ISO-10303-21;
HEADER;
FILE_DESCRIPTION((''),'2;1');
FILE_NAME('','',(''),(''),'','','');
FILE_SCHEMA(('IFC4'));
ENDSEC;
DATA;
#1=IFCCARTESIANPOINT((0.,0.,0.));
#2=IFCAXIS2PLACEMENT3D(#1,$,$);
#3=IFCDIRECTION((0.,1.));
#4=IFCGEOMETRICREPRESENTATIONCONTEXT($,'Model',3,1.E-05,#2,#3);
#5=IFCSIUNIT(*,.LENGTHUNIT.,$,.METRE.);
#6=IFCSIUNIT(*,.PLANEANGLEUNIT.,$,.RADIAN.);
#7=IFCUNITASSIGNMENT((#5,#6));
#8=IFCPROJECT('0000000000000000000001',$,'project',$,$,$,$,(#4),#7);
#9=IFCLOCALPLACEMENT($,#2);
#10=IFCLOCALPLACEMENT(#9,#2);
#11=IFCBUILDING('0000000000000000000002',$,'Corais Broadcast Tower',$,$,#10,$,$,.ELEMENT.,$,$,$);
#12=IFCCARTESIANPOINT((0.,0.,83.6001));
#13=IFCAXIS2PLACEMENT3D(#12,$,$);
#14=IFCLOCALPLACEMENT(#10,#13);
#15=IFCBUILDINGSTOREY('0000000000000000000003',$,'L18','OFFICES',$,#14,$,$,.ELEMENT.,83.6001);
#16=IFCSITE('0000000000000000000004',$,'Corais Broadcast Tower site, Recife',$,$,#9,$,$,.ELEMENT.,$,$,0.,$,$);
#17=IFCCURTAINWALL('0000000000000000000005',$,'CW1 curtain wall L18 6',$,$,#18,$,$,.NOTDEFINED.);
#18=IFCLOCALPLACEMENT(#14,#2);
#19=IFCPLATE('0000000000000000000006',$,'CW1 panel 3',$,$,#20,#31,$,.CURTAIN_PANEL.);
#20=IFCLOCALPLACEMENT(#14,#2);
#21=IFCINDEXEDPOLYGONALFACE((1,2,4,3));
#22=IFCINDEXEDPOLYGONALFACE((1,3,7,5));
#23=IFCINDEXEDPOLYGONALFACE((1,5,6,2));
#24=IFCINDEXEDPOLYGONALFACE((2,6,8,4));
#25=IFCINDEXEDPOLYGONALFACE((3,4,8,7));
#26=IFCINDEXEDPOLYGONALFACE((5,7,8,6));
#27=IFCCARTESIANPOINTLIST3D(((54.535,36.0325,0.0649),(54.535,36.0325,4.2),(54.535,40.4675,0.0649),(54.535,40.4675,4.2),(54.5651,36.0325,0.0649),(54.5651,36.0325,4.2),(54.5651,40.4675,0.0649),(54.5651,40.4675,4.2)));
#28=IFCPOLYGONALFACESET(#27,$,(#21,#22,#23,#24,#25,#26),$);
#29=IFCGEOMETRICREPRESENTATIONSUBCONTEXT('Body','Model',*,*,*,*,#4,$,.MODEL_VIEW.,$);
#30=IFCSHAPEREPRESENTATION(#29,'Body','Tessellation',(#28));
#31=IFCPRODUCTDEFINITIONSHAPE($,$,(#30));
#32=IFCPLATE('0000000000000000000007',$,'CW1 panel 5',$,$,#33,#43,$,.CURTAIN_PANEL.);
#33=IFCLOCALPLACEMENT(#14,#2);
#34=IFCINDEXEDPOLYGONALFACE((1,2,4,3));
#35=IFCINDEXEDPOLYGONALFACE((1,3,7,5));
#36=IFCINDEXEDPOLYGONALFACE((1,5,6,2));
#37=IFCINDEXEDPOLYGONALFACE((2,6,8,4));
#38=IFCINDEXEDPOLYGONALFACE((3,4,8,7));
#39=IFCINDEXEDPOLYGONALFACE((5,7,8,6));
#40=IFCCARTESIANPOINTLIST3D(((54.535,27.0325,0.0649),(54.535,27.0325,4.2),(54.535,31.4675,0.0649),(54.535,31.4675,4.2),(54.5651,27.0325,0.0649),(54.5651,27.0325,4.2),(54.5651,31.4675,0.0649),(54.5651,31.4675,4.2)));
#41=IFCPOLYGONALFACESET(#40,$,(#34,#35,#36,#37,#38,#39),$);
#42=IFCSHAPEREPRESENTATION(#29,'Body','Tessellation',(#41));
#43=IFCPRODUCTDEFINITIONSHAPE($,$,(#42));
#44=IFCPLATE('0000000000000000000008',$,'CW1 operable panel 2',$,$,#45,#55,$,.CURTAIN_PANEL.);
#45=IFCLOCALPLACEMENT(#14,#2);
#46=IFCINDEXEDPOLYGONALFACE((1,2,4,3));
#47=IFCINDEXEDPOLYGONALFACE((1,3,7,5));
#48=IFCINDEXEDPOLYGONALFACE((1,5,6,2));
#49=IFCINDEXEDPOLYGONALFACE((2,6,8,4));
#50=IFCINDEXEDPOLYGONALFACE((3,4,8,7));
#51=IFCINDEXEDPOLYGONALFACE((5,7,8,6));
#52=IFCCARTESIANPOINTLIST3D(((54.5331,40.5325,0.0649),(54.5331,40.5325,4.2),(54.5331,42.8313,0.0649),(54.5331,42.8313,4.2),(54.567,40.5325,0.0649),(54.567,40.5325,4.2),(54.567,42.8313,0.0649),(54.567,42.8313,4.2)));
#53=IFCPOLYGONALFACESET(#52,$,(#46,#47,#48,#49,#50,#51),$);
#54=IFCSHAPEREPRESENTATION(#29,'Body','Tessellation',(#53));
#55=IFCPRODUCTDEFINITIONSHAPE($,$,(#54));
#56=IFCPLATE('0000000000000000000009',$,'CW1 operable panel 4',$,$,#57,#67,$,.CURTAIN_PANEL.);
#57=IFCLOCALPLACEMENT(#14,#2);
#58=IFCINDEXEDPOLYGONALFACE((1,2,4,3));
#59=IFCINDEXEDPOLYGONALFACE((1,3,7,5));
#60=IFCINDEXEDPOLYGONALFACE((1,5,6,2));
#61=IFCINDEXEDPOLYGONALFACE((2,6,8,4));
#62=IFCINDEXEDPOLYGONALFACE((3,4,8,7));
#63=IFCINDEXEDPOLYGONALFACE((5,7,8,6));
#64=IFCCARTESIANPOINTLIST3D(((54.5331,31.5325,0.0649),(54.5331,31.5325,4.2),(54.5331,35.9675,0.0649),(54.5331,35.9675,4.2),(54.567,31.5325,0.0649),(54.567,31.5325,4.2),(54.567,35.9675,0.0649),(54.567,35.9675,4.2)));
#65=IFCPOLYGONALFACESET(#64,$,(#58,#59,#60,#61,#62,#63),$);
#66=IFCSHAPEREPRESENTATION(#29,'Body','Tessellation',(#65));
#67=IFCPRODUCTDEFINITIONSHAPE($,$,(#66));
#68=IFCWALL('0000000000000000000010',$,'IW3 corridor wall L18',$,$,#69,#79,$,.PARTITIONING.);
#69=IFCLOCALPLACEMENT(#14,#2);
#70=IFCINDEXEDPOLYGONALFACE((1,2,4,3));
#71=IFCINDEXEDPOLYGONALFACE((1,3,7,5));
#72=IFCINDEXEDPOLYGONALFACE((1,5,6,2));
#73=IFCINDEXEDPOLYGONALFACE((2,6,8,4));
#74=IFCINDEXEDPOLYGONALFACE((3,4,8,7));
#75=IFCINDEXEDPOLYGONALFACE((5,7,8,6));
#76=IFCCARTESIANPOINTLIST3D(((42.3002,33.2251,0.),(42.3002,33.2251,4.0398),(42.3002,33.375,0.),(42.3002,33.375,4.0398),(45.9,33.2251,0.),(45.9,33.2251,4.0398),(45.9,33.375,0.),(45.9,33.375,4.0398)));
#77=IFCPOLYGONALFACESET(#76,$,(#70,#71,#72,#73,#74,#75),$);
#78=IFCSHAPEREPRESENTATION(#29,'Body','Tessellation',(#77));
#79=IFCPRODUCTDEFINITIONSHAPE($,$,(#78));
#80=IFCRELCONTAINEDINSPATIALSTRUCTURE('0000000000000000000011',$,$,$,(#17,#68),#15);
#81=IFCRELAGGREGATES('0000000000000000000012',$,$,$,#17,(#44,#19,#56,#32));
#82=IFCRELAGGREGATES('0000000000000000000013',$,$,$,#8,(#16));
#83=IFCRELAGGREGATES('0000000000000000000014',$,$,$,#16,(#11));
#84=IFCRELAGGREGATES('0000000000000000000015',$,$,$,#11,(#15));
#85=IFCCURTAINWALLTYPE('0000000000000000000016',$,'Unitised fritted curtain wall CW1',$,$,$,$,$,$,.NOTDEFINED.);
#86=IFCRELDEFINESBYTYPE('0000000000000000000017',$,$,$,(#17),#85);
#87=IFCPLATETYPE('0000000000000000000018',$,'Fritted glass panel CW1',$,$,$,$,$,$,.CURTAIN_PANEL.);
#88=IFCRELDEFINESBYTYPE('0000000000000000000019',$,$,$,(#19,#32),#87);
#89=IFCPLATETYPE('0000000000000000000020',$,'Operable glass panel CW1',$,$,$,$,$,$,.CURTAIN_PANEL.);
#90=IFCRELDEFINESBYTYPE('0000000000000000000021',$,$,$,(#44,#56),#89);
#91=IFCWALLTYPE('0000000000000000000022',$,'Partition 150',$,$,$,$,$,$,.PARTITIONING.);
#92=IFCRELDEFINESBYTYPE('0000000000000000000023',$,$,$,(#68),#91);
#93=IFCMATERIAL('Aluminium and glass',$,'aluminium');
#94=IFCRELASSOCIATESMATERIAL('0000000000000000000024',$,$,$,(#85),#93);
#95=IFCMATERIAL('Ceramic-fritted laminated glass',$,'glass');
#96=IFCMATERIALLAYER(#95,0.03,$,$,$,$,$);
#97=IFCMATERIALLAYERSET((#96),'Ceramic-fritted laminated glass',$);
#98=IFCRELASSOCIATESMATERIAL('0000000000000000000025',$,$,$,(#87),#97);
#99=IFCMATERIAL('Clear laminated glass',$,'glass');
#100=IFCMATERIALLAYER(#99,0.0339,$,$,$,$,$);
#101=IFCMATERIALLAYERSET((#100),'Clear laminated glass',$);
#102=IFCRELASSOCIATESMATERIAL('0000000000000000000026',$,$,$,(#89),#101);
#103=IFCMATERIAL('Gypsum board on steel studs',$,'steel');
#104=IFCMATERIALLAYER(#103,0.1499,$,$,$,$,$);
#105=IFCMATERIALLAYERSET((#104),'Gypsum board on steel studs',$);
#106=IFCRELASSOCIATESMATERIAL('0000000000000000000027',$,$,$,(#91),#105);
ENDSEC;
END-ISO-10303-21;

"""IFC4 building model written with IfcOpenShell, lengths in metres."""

from ifc_helpers import new_model, si_unit, direction, frame, frame_2d, origin, origin_2d, place, context, subcontext, project, spatial, rectangle, extrude, material, layer, layer_set, type_object, element, aggregate, save


model = new_model("IFC4")

# Units and contexts
model_context = context("Model", 3, precision=1e-05, world=origin(), true_north=direction((0.0, 1.0)))
body_context = subcontext(model_context, "Body", "Model", "MODEL_VIEW")
ifc_project = project(units=[si_unit("LENGTHUNIT", "METRE"), si_unit("PLANEANGLEUNIT", "RADIAN")], contexts=[model_context])

# Site, building, storey
site_placement = place(None, origin())
site = spatial("IfcSite", under=ifc_project, at=site_placement, Name="Corais Broadcast Tower site, Recife", CompositionType="ELEMENT", RefElevation=0.0)
building_placement = place(site_placement, origin())
building = spatial("IfcBuilding", under=site, at=building_placement, Name="Corais Broadcast Tower", CompositionType="ELEMENT")
storey_placement = place(building_placement, frame((0.0, 0.0, 83.6001)))
storey = spatial("IfcBuildingStorey", under=building, at=storey_placement, Name="L18", Description="OFFICES", CompositionType="ELEMENT", Elevation=83.6001)

# Curtain wall
ifc_material_1 = material(Name="Aluminium and glass", Category="aluminium")
curtain_wall_type = type_object("IfcCurtainWallType", Name="Unitised fritted curtain wall CW1", PredefinedType="NOTDEFINED", material=ifc_material_1)
curtain_wall_placement = place(storey_placement, origin())
curtain_wall = element("IfcCurtainWall", 1, at=curtain_wall_placement, inside=storey, type_object=curtain_wall_type, Name="CW1 curtain wall L18 6", PredefinedType="NOTDEFINED")

# Plates
ifc_material_2 = material(Name="Ceramic-fritted laminated glass", Category="glass")
ifc_layer_1 = layer(ifc_material_2, 0.03)
ifc_layer_set_1 = layer_set([ifc_layer_1], Name="Ceramic-fritted laminated glass")
plate_type_1 = type_object("IfcPlateType", Name="Fritted glass panel CW1", PredefinedType="CURTAIN_PANEL", material=ifc_layer_set_1)
plate_1_placement = place(storey_placement, frame((54.55, 38.25, 0.0649), z_axis=(0.0, 0.0, 1.0), x_axis=(0.0, -1.0, 0.0)))
plate_1 = element("IfcPlate", 2, at=plate_1_placement, type_object=plate_type_1, Name="CW1 panel 3", PredefinedType="CURTAIN_PANEL", context=body_context, shape_type="SweptSolid", body=[
    extrude(rectangle(XDim=4.4351, YDim=0.03, at=origin_2d()), origin(), (0.0, 0.0, 1.0), 4.135),
])
plate_2_placement = place(storey_placement, frame((54.55, 29.25, 0.0649), z_axis=(0.0, 0.0, 1.0), x_axis=(0.0, -1.0, 0.0)))
plate_2 = element("IfcPlate", 3, at=plate_2_placement, type_object=plate_type_1, Name="CW1 panel 5", PredefinedType="CURTAIN_PANEL", context=body_context, shape_type="SweptSolid", body=[
    extrude(rectangle(XDim=4.4351, YDim=0.03, at=origin_2d()), origin(), (0.0, 0.0, 1.0), 4.135),
])
ifc_material_3 = material(Name="Clear laminated glass", Category="glass")
ifc_layer_2 = layer(ifc_material_3, 0.0339)
ifc_layer_set_2 = layer_set([ifc_layer_2], Name="Clear laminated glass")
plate_type_2 = type_object("IfcPlateType", Name="Operable glass panel CW1", PredefinedType="CURTAIN_PANEL", material=ifc_layer_set_2)
plate_3_placement = place(storey_placement, frame((54.55, 41.6819, 0.0649), z_axis=(0.0, 0.0, 1.0), x_axis=(0.0, -1.0, 0.0)))
plate_3 = element("IfcPlate", 4, at=plate_3_placement, type_object=plate_type_2, Name="CW1 operable panel 2", PredefinedType="CURTAIN_PANEL", context=body_context, shape_type="SweptSolid", body=[
    extrude(rectangle(XDim=2.2988, YDim=0.0339, at=origin_2d()), origin(), (0.0, 0.0, 1.0), 4.135),
])
plate_4_placement = place(storey_placement, frame((54.55, 33.75, 0.0649), z_axis=(0.0, 0.0, 1.0), x_axis=(0.0, -1.0, 0.0)))
plate_4 = element("IfcPlate", 5, at=plate_4_placement, type_object=plate_type_2, Name="CW1 operable panel 4", PredefinedType="CURTAIN_PANEL", context=body_context, shape_type="SweptSolid", body=[
    extrude(rectangle(XDim=4.4351, YDim=0.0339, at=origin_2d()), origin(), (0.0, 0.0, 1.0), 4.135),
])
aggregate(curtain_wall, [plate_3, plate_1, plate_4, plate_2])

# Wall
ifc_material_4 = material(Name="Gypsum board on steel studs", Category="steel")
ifc_layer_3 = layer(ifc_material_4, 0.1499)
ifc_layer_set_3 = layer_set([ifc_layer_3], Name="Gypsum board on steel studs")
wall_type = type_object("IfcWallType", Name="Partition 150", PredefinedType="PARTITIONING", material=ifc_layer_set_3)
wall_placement = place(storey_placement, frame((45.8999, 33.3, 0.0), z_axis=(0.0, 0.0, 1.0), x_axis=(-1.0, 0.0, 0.0)))
element("IfcWall", 6, at=wall_placement, inside=storey, type_object=wall_type, Name="IW3 corridor wall L18", PredefinedType="PARTITIONING", context=body_context, shape_type="SweptSolid", body=[
    extrude(rectangle(XDim=3.5999, YDim=0.1499, at=frame_2d((1.7998, 0.0))), origin(), (0.0, 0.0, 1.0), 4.0398),
])

save(model, "model.ifc")
